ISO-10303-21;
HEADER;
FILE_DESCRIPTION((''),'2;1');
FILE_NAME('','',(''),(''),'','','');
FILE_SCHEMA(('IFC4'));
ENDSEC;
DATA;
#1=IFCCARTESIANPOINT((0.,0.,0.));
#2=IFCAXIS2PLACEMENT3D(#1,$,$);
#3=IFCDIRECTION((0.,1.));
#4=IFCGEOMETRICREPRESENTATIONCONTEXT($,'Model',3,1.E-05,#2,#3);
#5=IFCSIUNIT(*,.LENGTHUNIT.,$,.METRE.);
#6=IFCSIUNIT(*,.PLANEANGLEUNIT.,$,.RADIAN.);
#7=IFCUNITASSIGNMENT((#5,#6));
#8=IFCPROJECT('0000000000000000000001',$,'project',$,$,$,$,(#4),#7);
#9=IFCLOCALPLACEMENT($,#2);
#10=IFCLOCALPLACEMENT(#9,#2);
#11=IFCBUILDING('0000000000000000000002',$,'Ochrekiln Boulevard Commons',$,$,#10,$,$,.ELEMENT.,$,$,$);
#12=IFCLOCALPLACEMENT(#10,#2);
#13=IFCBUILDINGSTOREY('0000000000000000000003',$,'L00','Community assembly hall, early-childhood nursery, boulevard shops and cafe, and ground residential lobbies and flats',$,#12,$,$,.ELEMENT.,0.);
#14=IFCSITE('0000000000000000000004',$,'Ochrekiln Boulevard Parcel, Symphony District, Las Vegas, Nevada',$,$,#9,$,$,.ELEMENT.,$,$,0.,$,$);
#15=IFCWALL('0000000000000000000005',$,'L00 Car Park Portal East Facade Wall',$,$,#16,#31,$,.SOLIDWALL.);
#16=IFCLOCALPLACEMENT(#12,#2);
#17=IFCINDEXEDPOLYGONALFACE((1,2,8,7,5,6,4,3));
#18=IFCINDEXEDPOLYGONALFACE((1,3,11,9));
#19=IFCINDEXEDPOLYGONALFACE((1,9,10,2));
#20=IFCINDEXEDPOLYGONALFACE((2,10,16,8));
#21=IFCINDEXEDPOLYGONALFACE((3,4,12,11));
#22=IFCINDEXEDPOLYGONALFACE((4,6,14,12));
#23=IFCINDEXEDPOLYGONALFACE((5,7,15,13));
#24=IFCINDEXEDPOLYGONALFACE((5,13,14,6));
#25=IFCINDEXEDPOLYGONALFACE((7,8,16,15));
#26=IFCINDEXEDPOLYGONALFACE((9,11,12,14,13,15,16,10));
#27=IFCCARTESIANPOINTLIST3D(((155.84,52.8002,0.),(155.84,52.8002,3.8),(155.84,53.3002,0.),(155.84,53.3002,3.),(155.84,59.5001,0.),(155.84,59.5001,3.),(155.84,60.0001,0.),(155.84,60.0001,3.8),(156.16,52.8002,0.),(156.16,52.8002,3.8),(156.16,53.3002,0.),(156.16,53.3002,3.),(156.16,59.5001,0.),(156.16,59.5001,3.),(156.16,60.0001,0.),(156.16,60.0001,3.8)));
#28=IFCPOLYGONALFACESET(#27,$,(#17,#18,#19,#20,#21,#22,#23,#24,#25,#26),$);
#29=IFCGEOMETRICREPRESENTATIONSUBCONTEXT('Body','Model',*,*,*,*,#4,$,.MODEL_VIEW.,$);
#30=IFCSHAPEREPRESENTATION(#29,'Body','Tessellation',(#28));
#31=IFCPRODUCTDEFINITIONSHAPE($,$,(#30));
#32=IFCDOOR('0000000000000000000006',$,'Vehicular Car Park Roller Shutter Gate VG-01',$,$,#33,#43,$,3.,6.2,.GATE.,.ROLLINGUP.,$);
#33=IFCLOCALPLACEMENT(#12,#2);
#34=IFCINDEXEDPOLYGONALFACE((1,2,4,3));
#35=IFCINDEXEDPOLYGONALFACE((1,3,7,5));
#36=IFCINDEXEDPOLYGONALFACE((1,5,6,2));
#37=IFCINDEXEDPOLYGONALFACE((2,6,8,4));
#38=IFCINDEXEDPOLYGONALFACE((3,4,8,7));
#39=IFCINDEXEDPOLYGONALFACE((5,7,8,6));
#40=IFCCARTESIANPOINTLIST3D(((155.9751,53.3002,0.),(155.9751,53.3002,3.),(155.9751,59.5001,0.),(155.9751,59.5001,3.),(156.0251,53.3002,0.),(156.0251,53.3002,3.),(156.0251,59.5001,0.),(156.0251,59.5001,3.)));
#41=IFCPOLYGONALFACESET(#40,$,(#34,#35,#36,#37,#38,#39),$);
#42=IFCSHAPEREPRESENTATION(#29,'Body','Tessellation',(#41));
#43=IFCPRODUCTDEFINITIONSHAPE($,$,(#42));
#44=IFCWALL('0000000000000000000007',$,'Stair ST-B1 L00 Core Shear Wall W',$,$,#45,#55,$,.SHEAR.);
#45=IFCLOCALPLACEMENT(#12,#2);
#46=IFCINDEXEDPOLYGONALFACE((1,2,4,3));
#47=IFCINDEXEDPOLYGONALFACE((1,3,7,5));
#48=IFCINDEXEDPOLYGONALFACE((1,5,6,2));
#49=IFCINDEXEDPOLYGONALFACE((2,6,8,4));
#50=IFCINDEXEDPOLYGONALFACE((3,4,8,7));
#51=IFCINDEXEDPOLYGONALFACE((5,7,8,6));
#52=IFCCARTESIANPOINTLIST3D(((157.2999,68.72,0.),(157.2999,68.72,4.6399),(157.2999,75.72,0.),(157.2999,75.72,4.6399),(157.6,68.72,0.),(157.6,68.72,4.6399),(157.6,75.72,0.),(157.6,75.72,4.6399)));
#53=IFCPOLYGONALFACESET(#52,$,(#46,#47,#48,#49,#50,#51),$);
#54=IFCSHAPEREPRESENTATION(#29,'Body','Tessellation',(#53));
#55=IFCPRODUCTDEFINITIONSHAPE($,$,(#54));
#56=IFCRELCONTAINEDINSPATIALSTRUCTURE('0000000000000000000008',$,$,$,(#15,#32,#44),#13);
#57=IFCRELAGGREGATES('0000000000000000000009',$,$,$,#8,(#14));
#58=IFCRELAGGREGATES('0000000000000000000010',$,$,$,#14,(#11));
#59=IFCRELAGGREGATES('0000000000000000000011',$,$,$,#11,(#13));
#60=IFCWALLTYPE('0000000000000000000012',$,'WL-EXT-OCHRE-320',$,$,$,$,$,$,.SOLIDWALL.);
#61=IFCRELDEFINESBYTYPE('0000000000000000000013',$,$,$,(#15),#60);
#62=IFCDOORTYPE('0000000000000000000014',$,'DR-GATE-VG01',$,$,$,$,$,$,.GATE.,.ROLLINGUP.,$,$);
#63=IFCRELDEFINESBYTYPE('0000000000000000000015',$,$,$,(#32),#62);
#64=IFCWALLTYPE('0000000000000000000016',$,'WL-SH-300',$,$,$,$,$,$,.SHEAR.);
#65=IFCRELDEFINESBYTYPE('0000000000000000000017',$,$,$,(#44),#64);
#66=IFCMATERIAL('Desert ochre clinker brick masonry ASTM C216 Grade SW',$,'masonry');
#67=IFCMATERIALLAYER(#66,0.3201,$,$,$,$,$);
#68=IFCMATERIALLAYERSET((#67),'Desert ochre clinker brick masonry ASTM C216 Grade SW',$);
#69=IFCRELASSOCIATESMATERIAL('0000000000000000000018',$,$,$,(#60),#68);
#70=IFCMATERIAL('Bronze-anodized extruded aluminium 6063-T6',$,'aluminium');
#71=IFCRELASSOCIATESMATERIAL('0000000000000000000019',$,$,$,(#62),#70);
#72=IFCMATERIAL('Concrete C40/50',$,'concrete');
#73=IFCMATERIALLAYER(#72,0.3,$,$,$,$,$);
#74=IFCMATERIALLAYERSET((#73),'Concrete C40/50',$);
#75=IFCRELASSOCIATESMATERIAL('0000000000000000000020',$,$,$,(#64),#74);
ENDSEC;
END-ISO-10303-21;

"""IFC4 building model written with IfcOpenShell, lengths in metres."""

from ifc_helpers import new_model, si_unit, direction, frame, frame_2d, origin, place, context, subcontext, project, spatial, rectangle, extrude, material, layer, layer_set, type_object, element, fill, save


model = new_model("IFC4")

# Units and contexts
model_context = context("Model", 3, precision=1e-05, world=origin(), true_north=direction((0.0, 1.0)))
body_context = subcontext(model_context, "Body", "Model", "MODEL_VIEW")
ifc_project = project(units=[si_unit("LENGTHUNIT", "METRE"), si_unit("PLANEANGLEUNIT", "RADIAN")], contexts=[model_context])

# Site, building, storey
site_placement = place(None, origin())
site = spatial("IfcSite", under=ifc_project, at=site_placement, Name="Ochrekiln Boulevard Parcel, Symphony District, Las Vegas, Nevada", CompositionType="ELEMENT", RefElevation=0.0)
building_placement = place(site_placement, origin())
building = spatial("IfcBuilding", under=site, at=building_placement, Name="Ochrekiln Boulevard Commons", CompositionType="ELEMENT")
storey_placement = place(building_placement, origin())
storey = spatial("IfcBuildingStorey", under=building, at=storey_placement, Name="L00", Description="Community assembly hall, early-childhood nursery, boulevard shops and cafe, and ground residential lobbies and flats", CompositionType="ELEMENT", Elevation=0.0)

# Shared definitions
ifc_material_1 = material(Name="Concrete C40/50", Category="concrete")

# Shared definitions
ifc_material_2 = material(Name="Bronze-anodized extruded aluminium 6063-T6", Category="aluminium")

# Wall, opening, door
ifc_material_3 = material(Name="Desert ochre clinker brick masonry ASTM C216 Grade SW", Category="masonry")
ifc_layer_1 = layer(ifc_material_3, 0.3201)
ifc_layer_set_1 = layer_set([ifc_layer_1], Name="Desert ochre clinker brick masonry ASTM C216 Grade SW")
wall_type_1 = type_object("IfcWallType", Name="WL-EXT-OCHRE-320", PredefinedType="SOLIDWALL", material=ifc_layer_set_1)
wall_1_placement = place(storey_placement, frame((156.0, 52.8, 0.0), z_axis=(0.0, 0.0, 1.0), x_axis=(0.0, 1.0, 0.0)))
wall_1 = element("IfcWall", 1, at=wall_1_placement, inside=storey, type_object=wall_type_1, Name="L00 Car Park Portal East Facade Wall", PredefinedType="SOLIDWALL", context=body_context, shape_type="SweptSolid", body=[
    extrude(rectangle(XDim=7.2, YDim=0.3201, at=frame_2d((3.6001, 0.0))), origin(), (0.0, 0.0, 1.0), 3.8),
])
opening_1_placement = place(wall_1_placement, frame((0.5, 0.0, 0.0)))
opening_1 = element("IfcOpeningElement", 2, at=opening_1_placement, cuts=wall_1, PredefinedType="OPENING", context=body_context, shape_type="SweptSolid", body=[
    extrude(rectangle(XDim=6.2, YDim=3.0, at=frame_2d((3.1001, 1.5))), frame((0.0, 0.1699, 0.0), z_axis=(0.0, -1.0, 0.0), x_axis=(1.0, 0.0, 0.0)), (0.0, 0.0, 1.0), 0.3401),
])
door_type_1 = type_object("IfcDoorType", Name="DR-GATE-VG01", OperationType="ROLLINGUP", PredefinedType="GATE", material=ifc_material_2)
door_1_placement = place(opening_1_placement, origin())
door_1 = element("IfcDoor", 3, at=door_1_placement, inside=storey, type_object=door_type_1, Name="Vehicular Car Park Roller Shutter Gate VG-01", OperationType="ROLLINGUP", OverallHeight=3.0, OverallWidth=6.2, PredefinedType="GATE", context=body_context, shape_type="SweptSolid", body=[
    extrude(rectangle(XDim=6.2, YDim=3.0, at=frame_2d((3.1001, 1.5))), frame((0.0, 0.0249, 0.0), z_axis=(0.0, -1.0, 0.0), x_axis=(1.0, 0.0, 0.0)), (0.0, 0.0, 1.0), 0.05),
])
fill(opening_1, door_1)

# Wall
ifc_layer_2 = layer(ifc_material_1, 0.3)
ifc_layer_set_2 = layer_set([ifc_layer_2], Name="Concrete C40/50")
wall_type_2 = type_object("IfcWallType", Name="WL-SH-300", PredefinedType="SHEAR", material=ifc_layer_set_2)
wall_2_placement = place(storey_placement, frame((157.45, 68.72, 0.0), z_axis=(0.0, 0.0, 1.0), x_axis=(0.0, 1.0, 0.0)))
element("IfcWall", 4, at=wall_2_placement, inside=storey, type_object=wall_type_2, Name="Stair ST-B1 L00 Core Shear Wall W", PredefinedType="SHEAR", context=body_context, shape_type="SweptSolid", body=[
    extrude(rectangle(XDim=7.0, YDim=0.3, at=frame_2d((3.5, 0.0))), origin(), (0.0, 0.0, 1.0), 4.6399),
])

save(model, "model.ifc")
